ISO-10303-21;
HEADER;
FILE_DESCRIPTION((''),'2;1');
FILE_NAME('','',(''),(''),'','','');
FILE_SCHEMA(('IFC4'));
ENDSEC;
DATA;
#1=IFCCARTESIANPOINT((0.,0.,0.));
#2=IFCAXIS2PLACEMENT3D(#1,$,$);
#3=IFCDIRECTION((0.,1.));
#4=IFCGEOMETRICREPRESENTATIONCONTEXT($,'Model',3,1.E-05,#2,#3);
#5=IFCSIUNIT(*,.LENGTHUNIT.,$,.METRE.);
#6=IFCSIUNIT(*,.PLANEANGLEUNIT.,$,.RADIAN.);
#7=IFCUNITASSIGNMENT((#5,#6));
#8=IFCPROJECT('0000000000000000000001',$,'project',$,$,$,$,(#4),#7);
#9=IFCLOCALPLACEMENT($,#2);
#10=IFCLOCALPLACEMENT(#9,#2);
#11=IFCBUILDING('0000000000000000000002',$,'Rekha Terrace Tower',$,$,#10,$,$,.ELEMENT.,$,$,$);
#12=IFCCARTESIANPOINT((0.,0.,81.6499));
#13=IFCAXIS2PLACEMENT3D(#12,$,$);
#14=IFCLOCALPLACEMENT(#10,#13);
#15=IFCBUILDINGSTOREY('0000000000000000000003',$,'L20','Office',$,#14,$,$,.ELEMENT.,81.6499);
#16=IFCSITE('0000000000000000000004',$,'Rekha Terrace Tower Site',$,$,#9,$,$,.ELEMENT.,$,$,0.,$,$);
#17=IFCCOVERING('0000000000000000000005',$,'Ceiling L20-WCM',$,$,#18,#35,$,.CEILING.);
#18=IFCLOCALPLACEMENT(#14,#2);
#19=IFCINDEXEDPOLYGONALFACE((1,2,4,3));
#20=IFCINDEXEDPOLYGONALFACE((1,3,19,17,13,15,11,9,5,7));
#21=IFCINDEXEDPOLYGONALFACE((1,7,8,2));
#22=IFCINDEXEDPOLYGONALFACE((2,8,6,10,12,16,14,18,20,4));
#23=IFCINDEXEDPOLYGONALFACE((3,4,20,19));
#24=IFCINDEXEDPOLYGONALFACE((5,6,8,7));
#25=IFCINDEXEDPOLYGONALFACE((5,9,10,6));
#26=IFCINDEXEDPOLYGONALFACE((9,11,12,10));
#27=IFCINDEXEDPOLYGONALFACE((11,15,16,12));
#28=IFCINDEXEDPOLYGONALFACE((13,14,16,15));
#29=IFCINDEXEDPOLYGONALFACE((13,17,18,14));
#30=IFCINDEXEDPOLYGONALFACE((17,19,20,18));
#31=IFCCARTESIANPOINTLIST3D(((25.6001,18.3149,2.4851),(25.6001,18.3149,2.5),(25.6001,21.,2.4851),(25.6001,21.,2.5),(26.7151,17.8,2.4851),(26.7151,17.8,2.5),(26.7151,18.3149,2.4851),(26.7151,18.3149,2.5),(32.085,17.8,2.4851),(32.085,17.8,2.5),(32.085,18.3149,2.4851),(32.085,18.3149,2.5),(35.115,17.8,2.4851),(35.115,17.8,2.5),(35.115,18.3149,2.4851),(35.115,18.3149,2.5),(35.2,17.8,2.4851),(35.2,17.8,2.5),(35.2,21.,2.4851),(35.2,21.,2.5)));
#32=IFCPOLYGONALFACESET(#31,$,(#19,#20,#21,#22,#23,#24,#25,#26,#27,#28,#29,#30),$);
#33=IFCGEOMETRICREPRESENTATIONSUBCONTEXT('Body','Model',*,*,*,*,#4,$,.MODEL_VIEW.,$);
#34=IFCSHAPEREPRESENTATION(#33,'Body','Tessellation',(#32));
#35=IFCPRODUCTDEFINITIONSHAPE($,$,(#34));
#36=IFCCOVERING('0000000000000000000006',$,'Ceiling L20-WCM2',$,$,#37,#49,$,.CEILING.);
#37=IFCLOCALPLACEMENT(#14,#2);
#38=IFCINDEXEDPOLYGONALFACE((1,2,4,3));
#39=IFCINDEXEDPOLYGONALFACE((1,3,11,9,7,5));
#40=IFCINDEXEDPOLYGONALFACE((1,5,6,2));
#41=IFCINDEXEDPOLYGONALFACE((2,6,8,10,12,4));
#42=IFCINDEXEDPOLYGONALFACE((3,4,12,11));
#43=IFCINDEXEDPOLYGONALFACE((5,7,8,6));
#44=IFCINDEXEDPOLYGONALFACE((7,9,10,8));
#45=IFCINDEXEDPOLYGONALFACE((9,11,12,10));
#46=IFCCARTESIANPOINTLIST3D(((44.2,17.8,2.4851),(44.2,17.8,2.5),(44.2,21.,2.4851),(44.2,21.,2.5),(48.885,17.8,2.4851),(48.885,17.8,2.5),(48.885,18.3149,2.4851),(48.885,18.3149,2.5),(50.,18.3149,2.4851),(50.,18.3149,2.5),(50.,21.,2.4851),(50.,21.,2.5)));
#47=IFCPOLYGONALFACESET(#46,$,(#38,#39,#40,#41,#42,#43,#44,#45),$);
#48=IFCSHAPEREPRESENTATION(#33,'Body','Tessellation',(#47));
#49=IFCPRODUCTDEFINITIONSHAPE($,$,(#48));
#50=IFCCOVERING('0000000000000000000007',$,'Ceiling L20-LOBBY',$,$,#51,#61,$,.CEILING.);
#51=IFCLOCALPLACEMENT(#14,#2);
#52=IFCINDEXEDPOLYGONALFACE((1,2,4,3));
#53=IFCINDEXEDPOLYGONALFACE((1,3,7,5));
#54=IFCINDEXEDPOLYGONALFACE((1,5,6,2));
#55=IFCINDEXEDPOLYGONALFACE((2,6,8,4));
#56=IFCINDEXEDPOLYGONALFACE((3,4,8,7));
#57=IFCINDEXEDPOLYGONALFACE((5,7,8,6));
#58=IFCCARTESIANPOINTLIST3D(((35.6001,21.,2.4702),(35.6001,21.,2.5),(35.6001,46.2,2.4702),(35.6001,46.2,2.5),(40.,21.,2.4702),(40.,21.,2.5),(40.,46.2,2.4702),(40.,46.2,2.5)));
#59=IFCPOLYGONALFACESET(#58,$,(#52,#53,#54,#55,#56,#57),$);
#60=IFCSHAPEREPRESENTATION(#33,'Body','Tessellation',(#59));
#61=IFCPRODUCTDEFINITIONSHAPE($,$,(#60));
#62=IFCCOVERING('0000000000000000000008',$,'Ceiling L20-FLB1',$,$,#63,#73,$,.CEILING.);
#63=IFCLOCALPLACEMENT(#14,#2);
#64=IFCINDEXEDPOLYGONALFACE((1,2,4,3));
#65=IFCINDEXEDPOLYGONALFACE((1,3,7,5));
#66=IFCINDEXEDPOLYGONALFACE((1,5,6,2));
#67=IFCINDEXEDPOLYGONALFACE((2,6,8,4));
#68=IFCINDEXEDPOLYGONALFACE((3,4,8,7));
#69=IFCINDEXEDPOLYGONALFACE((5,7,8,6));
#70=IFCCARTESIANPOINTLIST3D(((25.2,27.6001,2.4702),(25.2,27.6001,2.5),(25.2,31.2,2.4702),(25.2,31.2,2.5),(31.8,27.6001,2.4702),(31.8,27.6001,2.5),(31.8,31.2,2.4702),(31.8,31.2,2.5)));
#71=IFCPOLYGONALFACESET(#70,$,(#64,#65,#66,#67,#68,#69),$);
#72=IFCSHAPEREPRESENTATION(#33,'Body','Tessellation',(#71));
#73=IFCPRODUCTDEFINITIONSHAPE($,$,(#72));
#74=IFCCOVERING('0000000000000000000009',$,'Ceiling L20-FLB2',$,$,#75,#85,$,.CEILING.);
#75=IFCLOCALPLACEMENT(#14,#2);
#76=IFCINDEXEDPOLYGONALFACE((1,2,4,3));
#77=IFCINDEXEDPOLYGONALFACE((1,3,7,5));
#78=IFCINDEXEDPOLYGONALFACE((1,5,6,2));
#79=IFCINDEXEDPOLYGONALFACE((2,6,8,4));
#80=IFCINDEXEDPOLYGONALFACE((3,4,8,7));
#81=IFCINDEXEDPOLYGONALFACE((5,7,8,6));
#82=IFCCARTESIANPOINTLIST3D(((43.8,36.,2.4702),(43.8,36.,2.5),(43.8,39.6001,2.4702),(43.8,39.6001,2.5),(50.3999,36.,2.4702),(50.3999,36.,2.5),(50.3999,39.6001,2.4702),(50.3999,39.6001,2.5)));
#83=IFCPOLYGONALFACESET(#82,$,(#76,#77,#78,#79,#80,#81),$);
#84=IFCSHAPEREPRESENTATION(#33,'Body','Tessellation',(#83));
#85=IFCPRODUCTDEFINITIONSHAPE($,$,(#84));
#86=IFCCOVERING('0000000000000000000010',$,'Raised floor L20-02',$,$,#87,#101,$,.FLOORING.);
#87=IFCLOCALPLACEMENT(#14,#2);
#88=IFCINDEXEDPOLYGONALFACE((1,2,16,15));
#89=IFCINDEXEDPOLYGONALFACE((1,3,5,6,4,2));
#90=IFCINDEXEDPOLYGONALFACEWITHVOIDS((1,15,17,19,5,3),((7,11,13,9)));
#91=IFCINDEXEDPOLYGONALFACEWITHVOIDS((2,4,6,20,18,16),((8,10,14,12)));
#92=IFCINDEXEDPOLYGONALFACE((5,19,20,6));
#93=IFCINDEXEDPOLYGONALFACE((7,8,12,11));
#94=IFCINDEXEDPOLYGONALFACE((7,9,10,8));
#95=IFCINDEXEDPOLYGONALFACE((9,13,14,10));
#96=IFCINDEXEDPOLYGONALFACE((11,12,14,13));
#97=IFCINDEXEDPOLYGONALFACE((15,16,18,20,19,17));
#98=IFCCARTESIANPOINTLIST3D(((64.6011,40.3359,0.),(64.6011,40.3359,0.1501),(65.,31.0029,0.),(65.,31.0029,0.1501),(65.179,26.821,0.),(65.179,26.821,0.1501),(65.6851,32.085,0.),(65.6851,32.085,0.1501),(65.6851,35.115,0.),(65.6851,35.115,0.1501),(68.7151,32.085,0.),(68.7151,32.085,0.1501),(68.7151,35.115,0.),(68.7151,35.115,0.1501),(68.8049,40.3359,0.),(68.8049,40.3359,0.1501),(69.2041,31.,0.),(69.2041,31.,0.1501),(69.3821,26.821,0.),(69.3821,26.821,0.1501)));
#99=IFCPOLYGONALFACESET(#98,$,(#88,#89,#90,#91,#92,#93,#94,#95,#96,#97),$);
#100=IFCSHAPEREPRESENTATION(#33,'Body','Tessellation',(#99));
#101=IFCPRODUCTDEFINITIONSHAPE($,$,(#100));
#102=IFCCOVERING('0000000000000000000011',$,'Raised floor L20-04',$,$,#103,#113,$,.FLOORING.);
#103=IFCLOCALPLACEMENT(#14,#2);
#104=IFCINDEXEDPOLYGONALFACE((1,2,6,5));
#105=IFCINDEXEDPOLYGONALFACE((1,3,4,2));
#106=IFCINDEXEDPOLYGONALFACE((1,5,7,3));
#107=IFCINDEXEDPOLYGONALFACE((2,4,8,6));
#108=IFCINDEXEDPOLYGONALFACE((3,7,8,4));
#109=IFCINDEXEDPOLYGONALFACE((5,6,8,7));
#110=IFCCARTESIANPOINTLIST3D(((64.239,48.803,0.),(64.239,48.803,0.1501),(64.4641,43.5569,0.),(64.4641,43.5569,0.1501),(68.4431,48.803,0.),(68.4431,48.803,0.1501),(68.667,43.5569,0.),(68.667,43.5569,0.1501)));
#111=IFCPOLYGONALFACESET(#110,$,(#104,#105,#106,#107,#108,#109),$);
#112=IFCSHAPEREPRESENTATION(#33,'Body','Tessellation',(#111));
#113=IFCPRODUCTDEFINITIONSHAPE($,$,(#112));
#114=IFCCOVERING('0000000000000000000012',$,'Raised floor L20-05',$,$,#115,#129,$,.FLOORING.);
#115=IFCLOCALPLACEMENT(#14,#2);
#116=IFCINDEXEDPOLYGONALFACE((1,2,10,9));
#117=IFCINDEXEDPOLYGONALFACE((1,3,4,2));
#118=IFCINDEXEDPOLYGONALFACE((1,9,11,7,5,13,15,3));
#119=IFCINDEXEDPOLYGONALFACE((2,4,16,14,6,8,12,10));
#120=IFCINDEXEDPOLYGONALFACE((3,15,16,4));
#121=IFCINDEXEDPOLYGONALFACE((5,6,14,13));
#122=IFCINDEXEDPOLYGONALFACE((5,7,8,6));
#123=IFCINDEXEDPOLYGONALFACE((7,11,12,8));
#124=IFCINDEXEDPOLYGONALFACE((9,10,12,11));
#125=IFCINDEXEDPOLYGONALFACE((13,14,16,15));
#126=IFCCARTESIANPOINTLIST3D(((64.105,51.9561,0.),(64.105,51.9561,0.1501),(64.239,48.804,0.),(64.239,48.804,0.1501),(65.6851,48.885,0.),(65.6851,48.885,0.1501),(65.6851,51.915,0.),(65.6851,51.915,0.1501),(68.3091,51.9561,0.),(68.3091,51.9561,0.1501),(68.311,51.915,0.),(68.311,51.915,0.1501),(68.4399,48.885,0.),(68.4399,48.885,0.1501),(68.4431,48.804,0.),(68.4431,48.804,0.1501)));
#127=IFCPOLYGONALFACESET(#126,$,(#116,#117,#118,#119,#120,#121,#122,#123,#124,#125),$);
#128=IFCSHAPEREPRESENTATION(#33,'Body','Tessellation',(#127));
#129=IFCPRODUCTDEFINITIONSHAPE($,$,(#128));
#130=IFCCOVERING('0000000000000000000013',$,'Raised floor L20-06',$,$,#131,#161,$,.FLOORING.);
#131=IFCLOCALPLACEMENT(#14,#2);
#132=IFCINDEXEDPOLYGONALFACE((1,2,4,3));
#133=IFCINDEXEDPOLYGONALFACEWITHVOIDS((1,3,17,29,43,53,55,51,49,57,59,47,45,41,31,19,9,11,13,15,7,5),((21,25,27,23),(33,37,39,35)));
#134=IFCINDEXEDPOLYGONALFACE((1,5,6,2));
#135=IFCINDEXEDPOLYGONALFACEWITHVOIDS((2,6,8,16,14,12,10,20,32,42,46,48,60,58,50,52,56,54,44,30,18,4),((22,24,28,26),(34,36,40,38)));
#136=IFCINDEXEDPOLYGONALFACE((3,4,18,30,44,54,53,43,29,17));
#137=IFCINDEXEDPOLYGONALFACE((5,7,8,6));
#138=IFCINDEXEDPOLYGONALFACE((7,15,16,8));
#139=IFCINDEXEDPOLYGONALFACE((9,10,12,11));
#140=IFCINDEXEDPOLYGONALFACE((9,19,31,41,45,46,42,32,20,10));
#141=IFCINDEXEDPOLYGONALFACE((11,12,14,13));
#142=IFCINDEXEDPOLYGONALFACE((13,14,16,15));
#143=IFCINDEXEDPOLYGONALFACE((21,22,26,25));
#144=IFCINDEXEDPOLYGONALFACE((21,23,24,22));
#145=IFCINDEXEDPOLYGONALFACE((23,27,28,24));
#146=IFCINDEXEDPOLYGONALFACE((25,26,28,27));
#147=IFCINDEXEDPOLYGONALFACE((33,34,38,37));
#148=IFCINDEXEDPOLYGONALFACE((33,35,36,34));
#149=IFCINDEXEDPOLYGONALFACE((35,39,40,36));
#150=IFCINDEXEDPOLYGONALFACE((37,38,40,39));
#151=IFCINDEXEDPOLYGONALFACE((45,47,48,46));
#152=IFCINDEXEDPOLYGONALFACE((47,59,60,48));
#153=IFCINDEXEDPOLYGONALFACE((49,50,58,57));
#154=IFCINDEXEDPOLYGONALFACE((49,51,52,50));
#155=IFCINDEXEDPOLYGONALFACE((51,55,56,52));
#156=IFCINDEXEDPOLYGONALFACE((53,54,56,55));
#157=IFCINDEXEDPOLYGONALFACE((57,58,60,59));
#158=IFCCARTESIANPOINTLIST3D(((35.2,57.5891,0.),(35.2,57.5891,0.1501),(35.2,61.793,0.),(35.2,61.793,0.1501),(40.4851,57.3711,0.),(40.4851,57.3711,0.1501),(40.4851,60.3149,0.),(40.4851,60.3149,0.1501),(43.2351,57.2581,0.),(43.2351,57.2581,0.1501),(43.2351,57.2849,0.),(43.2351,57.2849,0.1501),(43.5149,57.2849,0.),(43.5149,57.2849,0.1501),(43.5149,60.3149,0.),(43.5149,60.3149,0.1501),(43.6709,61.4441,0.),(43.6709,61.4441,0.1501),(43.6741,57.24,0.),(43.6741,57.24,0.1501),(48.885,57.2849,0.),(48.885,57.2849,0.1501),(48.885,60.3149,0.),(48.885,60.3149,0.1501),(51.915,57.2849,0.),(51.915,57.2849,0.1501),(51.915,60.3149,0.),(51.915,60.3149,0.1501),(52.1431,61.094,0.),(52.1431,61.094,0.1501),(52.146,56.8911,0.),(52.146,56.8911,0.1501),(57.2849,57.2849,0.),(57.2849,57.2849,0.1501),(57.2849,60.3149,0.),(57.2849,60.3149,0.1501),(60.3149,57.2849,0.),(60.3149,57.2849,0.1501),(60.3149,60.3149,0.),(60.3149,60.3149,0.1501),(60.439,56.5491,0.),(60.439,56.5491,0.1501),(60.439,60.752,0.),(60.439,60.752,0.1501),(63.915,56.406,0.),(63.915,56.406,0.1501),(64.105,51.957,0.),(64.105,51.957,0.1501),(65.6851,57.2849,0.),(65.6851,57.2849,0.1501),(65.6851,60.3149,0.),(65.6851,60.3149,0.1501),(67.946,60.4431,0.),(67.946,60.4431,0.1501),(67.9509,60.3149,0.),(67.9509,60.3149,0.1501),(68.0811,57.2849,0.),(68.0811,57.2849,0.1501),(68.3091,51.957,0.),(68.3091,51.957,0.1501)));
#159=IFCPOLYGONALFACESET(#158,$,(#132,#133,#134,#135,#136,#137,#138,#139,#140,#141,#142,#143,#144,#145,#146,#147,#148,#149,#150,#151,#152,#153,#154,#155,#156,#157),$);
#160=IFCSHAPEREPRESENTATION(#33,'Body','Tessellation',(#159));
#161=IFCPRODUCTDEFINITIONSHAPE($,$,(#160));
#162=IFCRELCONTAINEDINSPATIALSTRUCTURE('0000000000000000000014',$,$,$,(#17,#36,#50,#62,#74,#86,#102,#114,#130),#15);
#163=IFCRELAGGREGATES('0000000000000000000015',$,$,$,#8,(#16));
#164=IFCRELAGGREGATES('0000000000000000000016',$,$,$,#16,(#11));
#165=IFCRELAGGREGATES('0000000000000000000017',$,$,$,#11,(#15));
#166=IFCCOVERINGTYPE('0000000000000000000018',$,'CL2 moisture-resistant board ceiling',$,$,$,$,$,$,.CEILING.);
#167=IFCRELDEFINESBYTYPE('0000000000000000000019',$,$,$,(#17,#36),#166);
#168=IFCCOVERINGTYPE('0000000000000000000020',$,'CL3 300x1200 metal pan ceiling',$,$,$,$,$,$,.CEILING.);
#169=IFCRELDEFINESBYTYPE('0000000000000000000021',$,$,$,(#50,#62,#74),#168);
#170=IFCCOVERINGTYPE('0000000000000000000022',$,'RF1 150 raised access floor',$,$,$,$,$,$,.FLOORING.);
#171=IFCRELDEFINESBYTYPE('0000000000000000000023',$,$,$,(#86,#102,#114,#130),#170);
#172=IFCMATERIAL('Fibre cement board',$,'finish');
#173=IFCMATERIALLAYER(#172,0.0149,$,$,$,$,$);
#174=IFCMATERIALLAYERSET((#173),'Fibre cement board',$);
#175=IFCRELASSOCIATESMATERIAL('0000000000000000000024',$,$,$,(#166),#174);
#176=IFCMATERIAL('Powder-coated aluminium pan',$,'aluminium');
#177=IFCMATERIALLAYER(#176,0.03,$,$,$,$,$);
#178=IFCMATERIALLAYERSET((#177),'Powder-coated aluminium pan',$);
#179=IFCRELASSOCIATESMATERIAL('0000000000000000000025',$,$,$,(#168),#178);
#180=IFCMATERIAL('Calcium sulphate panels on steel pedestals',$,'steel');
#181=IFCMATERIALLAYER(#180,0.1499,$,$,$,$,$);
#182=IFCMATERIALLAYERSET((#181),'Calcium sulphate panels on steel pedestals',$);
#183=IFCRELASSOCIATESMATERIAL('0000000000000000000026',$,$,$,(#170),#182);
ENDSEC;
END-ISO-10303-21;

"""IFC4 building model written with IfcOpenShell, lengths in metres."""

from ifc_helpers import new_model, si_unit, direction, frame, origin, place, context, subcontext, project, spatial, polyline, outline, extrude, material, layer, layer_set, type_object, element, save


model = new_model("IFC4")

# Units and contexts
model_context = context("Model", 3, precision=1e-05, world=origin(), true_north=direction((0.0, 1.0)))
body_context = subcontext(model_context, "Body", "Model", "MODEL_VIEW")
ifc_project = project(units=[si_unit("LENGTHUNIT", "METRE"), si_unit("PLANEANGLEUNIT", "RADIAN")], contexts=[model_context])

# Site, building, storey
site_placement = place(None, origin())
site = spatial("IfcSite", under=ifc_project, at=site_placement, Name="Rekha Terrace Tower Site", CompositionType="ELEMENT", RefElevation=0.0)
building_placement = place(site_placement, origin())
building = spatial("IfcBuilding", under=site, at=building_placement, Name="Rekha Terrace Tower", CompositionType="ELEMENT")
storey_placement = place(building_placement, frame((0.0, 0.0, 81.6499)))
storey = spatial("IfcBuildingStorey", under=building, at=storey_placement, Name="L20", Description="Office", CompositionType="ELEMENT", Elevation=81.6499)

# Coverings
ifc_material_1 = material(Name="Fibre cement board", Category="finish")
ifc_layer_1 = layer(ifc_material_1, 0.0149)
ifc_layer_set_1 = layer_set([ifc_layer_1], Name="Fibre cement board")
covering_type_1 = type_object("IfcCoveringType", Name="CL2 moisture-resistant board ceiling", PredefinedType="CEILING", material=ifc_layer_set_1)
covering_1_placement = place(storey_placement, frame((0.0, 0.0, 2.4851)))
element("IfcCovering", 1, at=covering_1_placement, inside=storey, type_object=covering_type_1, Name="Ceiling L20-WCM", PredefinedType="CEILING", context=body_context, shape_type="SweptSolid", body=[
    extrude(outline(polyline([(35.2, 21.0), (25.6001, 21.0), (25.6001, 18.3149), (26.7151, 18.3149), (26.7151, 17.8), (32.085, 17.8), (32.085, 18.3149), (35.115, 18.3149), (35.115, 17.8), (35.2, 17.8), (35.2, 21.0)])), origin(), (0.0, 0.0, 1.0), 0.0149),
])
covering_2_placement = place(storey_placement, frame((0.0, 0.0, 2.4851)))
element("IfcCovering", 2, at=covering_2_placement, inside=storey, type_object=covering_type_1, Name="Ceiling L20-WCM2", PredefinedType="CEILING", context=body_context, shape_type="SweptSolid", body=[
    extrude(outline(polyline([(50.0, 21.0), (44.2, 21.0), (44.2, 17.8), (48.885, 17.8), (48.885, 18.3149), (50.0, 18.3149), (50.0, 21.0)])), origin(), (0.0, 0.0, 1.0), 0.0149),
])
ifc_material_2 = material(Name="Powder-coated aluminium pan", Category="aluminium")
ifc_layer_2 = layer(ifc_material_2, 0.03)
ifc_layer_set_2 = layer_set([ifc_layer_2], Name="Powder-coated aluminium pan")
covering_type_2 = type_object("IfcCoveringType", Name="CL3 300x1200 metal pan ceiling", PredefinedType="CEILING", material=ifc_layer_set_2)
covering_3_placement = place(storey_placement, frame((0.0, 0.0, 2.4702)))
element("IfcCovering", 3, at=covering_3_placement, inside=storey, type_object=covering_type_2, Name="Ceiling L20-LOBBY", PredefinedType="CEILING", context=body_context, shape_type="SweptSolid", body=[
    extrude(outline(polyline([(40.0, 46.2), (35.6001, 46.2), (35.6001, 21.0), (40.0, 21.0), (40.0, 46.2)])), origin(), (0.0, 0.0, 1.0), 0.0298),
])
covering_4_placement = place(storey_placement, frame((0.0, 0.0, 2.4702)))
element("IfcCovering", 4, at=covering_4_placement, inside=storey, type_object=covering_type_2, Name="Ceiling L20-FLB1", PredefinedType="CEILING", context=body_context, shape_type="SweptSolid", body=[
    extrude(outline(polyline([(31.8, 31.2), (25.2, 31.2), (25.2, 27.6001), (31.8, 27.6001), (31.8, 31.2)])), origin(), (0.0, 0.0, 1.0), 0.0298),
])
covering_5_placement = place(storey_placement, frame((0.0, 0.0, 2.4702)))
element("IfcCovering", 5, at=covering_5_placement, inside=storey, type_object=covering_type_2, Name="Ceiling L20-FLB2", PredefinedType="CEILING", context=body_context, shape_type="SweptSolid", body=[
    extrude(outline(polyline([(50.3999, 39.6001), (43.8, 39.6001), (43.8, 36.0), (50.3999, 36.0), (50.3999, 39.6001)])), origin(), (0.0, 0.0, 1.0), 0.0298),
])
ifc_material_3 = material(Name="Calcium sulphate panels on steel pedestals", Category="steel")
ifc_layer_3 = layer(ifc_material_3, 0.1499)
ifc_layer_set_3 = layer_set([ifc_layer_3], Name="Calcium sulphate panels on steel pedestals")
covering_type_3 = type_object("IfcCoveringType", Name="RF1 150 raised access floor", PredefinedType="FLOORING", material=ifc_layer_set_3)
covering_6_placement = place(storey_placement, origin())
element("IfcCovering", 6, at=covering_6_placement, inside=storey, type_object=covering_type_3, Name="Raised floor L20-02", PredefinedType="FLOORING", context=body_context, shape_type="SweptSolid", body=[
    extrude(outline(polyline([(69.2041, 31.0), (68.8049, 40.3359), (64.6011, 40.3359), (65.0, 31.0029), (65.179, 26.821), (69.3821, 26.821), (69.2041, 31.0)]), holes=[polyline([(68.7151, 32.085), (65.6851, 32.085), (65.6851, 35.115), (68.7151, 35.115), (68.7151, 32.085)])]), origin(), (0.0, 0.0, 1.0), 0.1501),
])
covering_7_placement = place(storey_placement, origin())
element("IfcCovering", 7, at=covering_7_placement, inside=storey, type_object=covering_type_3, Name="Raised floor L20-04", PredefinedType="FLOORING", context=body_context, shape_type="SweptSolid", body=[
    extrude(outline(polyline([(68.4431, 48.803), (64.239, 48.803), (64.4641, 43.5569), (68.667, 43.5569), (68.4431, 48.803)])), origin(), (0.0, 0.0, 1.0), 0.1501),
])
covering_8_placement = place(storey_placement, origin())
element("IfcCovering", 8, at=covering_8_placement, inside=storey, type_object=covering_type_3, Name="Raised floor L20-05", PredefinedType="FLOORING", context=body_context, shape_type="SweptSolid", body=[
    extrude(outline(polyline([(68.3091, 51.9561), (64.105, 51.9561), (64.239, 48.804), (68.4431, 48.804), (68.4399, 48.885), (65.6851, 48.885), (65.6851, 51.915), (68.311, 51.915), (68.3091, 51.9561)])), origin(), (0.0, 0.0, 1.0), 0.1501),
])
covering_9_placement = place(storey_placement, origin())
element("IfcCovering", 9, at=covering_9_placement, inside=storey, type_object=covering_type_3, Name="Raised floor L20-06", PredefinedType="FLOORING", context=body_context, shape_type="SweptSolid", body=[
    extrude(outline(polyline([(52.1431, 61.094), (43.6709, 61.4441), (35.2, 61.793), (35.2, 57.5891), (40.4851, 57.3711), (40.4851, 60.3149), (43.5149, 60.3149), (43.5149, 57.2849), (43.2351, 57.2849), (43.2351, 57.2581), (43.6741, 57.24), (52.146, 56.8911), (60.439, 56.5491), (63.915, 56.406), (64.105, 51.957), (68.3091, 51.957), (68.0811, 57.2849), (65.6851, 57.2849), (65.6851, 60.3149), (67.9509, 60.3149), (67.946, 60.4431), (60.439, 60.752), (52.1431, 61.094)]), holes=[polyline([(60.3149, 57.2849), (57.2849, 57.2849), (57.2849, 60.3149), (60.3149, 60.3149), (60.3149, 57.2849)]), polyline([(51.915, 57.2849), (48.885, 57.2849), (48.885, 60.3149), (51.915, 60.3149), (51.915, 57.2849)])]), origin(), (0.0, 0.0, 1.0), 0.1501),
])

save(model, "model.ifc")
